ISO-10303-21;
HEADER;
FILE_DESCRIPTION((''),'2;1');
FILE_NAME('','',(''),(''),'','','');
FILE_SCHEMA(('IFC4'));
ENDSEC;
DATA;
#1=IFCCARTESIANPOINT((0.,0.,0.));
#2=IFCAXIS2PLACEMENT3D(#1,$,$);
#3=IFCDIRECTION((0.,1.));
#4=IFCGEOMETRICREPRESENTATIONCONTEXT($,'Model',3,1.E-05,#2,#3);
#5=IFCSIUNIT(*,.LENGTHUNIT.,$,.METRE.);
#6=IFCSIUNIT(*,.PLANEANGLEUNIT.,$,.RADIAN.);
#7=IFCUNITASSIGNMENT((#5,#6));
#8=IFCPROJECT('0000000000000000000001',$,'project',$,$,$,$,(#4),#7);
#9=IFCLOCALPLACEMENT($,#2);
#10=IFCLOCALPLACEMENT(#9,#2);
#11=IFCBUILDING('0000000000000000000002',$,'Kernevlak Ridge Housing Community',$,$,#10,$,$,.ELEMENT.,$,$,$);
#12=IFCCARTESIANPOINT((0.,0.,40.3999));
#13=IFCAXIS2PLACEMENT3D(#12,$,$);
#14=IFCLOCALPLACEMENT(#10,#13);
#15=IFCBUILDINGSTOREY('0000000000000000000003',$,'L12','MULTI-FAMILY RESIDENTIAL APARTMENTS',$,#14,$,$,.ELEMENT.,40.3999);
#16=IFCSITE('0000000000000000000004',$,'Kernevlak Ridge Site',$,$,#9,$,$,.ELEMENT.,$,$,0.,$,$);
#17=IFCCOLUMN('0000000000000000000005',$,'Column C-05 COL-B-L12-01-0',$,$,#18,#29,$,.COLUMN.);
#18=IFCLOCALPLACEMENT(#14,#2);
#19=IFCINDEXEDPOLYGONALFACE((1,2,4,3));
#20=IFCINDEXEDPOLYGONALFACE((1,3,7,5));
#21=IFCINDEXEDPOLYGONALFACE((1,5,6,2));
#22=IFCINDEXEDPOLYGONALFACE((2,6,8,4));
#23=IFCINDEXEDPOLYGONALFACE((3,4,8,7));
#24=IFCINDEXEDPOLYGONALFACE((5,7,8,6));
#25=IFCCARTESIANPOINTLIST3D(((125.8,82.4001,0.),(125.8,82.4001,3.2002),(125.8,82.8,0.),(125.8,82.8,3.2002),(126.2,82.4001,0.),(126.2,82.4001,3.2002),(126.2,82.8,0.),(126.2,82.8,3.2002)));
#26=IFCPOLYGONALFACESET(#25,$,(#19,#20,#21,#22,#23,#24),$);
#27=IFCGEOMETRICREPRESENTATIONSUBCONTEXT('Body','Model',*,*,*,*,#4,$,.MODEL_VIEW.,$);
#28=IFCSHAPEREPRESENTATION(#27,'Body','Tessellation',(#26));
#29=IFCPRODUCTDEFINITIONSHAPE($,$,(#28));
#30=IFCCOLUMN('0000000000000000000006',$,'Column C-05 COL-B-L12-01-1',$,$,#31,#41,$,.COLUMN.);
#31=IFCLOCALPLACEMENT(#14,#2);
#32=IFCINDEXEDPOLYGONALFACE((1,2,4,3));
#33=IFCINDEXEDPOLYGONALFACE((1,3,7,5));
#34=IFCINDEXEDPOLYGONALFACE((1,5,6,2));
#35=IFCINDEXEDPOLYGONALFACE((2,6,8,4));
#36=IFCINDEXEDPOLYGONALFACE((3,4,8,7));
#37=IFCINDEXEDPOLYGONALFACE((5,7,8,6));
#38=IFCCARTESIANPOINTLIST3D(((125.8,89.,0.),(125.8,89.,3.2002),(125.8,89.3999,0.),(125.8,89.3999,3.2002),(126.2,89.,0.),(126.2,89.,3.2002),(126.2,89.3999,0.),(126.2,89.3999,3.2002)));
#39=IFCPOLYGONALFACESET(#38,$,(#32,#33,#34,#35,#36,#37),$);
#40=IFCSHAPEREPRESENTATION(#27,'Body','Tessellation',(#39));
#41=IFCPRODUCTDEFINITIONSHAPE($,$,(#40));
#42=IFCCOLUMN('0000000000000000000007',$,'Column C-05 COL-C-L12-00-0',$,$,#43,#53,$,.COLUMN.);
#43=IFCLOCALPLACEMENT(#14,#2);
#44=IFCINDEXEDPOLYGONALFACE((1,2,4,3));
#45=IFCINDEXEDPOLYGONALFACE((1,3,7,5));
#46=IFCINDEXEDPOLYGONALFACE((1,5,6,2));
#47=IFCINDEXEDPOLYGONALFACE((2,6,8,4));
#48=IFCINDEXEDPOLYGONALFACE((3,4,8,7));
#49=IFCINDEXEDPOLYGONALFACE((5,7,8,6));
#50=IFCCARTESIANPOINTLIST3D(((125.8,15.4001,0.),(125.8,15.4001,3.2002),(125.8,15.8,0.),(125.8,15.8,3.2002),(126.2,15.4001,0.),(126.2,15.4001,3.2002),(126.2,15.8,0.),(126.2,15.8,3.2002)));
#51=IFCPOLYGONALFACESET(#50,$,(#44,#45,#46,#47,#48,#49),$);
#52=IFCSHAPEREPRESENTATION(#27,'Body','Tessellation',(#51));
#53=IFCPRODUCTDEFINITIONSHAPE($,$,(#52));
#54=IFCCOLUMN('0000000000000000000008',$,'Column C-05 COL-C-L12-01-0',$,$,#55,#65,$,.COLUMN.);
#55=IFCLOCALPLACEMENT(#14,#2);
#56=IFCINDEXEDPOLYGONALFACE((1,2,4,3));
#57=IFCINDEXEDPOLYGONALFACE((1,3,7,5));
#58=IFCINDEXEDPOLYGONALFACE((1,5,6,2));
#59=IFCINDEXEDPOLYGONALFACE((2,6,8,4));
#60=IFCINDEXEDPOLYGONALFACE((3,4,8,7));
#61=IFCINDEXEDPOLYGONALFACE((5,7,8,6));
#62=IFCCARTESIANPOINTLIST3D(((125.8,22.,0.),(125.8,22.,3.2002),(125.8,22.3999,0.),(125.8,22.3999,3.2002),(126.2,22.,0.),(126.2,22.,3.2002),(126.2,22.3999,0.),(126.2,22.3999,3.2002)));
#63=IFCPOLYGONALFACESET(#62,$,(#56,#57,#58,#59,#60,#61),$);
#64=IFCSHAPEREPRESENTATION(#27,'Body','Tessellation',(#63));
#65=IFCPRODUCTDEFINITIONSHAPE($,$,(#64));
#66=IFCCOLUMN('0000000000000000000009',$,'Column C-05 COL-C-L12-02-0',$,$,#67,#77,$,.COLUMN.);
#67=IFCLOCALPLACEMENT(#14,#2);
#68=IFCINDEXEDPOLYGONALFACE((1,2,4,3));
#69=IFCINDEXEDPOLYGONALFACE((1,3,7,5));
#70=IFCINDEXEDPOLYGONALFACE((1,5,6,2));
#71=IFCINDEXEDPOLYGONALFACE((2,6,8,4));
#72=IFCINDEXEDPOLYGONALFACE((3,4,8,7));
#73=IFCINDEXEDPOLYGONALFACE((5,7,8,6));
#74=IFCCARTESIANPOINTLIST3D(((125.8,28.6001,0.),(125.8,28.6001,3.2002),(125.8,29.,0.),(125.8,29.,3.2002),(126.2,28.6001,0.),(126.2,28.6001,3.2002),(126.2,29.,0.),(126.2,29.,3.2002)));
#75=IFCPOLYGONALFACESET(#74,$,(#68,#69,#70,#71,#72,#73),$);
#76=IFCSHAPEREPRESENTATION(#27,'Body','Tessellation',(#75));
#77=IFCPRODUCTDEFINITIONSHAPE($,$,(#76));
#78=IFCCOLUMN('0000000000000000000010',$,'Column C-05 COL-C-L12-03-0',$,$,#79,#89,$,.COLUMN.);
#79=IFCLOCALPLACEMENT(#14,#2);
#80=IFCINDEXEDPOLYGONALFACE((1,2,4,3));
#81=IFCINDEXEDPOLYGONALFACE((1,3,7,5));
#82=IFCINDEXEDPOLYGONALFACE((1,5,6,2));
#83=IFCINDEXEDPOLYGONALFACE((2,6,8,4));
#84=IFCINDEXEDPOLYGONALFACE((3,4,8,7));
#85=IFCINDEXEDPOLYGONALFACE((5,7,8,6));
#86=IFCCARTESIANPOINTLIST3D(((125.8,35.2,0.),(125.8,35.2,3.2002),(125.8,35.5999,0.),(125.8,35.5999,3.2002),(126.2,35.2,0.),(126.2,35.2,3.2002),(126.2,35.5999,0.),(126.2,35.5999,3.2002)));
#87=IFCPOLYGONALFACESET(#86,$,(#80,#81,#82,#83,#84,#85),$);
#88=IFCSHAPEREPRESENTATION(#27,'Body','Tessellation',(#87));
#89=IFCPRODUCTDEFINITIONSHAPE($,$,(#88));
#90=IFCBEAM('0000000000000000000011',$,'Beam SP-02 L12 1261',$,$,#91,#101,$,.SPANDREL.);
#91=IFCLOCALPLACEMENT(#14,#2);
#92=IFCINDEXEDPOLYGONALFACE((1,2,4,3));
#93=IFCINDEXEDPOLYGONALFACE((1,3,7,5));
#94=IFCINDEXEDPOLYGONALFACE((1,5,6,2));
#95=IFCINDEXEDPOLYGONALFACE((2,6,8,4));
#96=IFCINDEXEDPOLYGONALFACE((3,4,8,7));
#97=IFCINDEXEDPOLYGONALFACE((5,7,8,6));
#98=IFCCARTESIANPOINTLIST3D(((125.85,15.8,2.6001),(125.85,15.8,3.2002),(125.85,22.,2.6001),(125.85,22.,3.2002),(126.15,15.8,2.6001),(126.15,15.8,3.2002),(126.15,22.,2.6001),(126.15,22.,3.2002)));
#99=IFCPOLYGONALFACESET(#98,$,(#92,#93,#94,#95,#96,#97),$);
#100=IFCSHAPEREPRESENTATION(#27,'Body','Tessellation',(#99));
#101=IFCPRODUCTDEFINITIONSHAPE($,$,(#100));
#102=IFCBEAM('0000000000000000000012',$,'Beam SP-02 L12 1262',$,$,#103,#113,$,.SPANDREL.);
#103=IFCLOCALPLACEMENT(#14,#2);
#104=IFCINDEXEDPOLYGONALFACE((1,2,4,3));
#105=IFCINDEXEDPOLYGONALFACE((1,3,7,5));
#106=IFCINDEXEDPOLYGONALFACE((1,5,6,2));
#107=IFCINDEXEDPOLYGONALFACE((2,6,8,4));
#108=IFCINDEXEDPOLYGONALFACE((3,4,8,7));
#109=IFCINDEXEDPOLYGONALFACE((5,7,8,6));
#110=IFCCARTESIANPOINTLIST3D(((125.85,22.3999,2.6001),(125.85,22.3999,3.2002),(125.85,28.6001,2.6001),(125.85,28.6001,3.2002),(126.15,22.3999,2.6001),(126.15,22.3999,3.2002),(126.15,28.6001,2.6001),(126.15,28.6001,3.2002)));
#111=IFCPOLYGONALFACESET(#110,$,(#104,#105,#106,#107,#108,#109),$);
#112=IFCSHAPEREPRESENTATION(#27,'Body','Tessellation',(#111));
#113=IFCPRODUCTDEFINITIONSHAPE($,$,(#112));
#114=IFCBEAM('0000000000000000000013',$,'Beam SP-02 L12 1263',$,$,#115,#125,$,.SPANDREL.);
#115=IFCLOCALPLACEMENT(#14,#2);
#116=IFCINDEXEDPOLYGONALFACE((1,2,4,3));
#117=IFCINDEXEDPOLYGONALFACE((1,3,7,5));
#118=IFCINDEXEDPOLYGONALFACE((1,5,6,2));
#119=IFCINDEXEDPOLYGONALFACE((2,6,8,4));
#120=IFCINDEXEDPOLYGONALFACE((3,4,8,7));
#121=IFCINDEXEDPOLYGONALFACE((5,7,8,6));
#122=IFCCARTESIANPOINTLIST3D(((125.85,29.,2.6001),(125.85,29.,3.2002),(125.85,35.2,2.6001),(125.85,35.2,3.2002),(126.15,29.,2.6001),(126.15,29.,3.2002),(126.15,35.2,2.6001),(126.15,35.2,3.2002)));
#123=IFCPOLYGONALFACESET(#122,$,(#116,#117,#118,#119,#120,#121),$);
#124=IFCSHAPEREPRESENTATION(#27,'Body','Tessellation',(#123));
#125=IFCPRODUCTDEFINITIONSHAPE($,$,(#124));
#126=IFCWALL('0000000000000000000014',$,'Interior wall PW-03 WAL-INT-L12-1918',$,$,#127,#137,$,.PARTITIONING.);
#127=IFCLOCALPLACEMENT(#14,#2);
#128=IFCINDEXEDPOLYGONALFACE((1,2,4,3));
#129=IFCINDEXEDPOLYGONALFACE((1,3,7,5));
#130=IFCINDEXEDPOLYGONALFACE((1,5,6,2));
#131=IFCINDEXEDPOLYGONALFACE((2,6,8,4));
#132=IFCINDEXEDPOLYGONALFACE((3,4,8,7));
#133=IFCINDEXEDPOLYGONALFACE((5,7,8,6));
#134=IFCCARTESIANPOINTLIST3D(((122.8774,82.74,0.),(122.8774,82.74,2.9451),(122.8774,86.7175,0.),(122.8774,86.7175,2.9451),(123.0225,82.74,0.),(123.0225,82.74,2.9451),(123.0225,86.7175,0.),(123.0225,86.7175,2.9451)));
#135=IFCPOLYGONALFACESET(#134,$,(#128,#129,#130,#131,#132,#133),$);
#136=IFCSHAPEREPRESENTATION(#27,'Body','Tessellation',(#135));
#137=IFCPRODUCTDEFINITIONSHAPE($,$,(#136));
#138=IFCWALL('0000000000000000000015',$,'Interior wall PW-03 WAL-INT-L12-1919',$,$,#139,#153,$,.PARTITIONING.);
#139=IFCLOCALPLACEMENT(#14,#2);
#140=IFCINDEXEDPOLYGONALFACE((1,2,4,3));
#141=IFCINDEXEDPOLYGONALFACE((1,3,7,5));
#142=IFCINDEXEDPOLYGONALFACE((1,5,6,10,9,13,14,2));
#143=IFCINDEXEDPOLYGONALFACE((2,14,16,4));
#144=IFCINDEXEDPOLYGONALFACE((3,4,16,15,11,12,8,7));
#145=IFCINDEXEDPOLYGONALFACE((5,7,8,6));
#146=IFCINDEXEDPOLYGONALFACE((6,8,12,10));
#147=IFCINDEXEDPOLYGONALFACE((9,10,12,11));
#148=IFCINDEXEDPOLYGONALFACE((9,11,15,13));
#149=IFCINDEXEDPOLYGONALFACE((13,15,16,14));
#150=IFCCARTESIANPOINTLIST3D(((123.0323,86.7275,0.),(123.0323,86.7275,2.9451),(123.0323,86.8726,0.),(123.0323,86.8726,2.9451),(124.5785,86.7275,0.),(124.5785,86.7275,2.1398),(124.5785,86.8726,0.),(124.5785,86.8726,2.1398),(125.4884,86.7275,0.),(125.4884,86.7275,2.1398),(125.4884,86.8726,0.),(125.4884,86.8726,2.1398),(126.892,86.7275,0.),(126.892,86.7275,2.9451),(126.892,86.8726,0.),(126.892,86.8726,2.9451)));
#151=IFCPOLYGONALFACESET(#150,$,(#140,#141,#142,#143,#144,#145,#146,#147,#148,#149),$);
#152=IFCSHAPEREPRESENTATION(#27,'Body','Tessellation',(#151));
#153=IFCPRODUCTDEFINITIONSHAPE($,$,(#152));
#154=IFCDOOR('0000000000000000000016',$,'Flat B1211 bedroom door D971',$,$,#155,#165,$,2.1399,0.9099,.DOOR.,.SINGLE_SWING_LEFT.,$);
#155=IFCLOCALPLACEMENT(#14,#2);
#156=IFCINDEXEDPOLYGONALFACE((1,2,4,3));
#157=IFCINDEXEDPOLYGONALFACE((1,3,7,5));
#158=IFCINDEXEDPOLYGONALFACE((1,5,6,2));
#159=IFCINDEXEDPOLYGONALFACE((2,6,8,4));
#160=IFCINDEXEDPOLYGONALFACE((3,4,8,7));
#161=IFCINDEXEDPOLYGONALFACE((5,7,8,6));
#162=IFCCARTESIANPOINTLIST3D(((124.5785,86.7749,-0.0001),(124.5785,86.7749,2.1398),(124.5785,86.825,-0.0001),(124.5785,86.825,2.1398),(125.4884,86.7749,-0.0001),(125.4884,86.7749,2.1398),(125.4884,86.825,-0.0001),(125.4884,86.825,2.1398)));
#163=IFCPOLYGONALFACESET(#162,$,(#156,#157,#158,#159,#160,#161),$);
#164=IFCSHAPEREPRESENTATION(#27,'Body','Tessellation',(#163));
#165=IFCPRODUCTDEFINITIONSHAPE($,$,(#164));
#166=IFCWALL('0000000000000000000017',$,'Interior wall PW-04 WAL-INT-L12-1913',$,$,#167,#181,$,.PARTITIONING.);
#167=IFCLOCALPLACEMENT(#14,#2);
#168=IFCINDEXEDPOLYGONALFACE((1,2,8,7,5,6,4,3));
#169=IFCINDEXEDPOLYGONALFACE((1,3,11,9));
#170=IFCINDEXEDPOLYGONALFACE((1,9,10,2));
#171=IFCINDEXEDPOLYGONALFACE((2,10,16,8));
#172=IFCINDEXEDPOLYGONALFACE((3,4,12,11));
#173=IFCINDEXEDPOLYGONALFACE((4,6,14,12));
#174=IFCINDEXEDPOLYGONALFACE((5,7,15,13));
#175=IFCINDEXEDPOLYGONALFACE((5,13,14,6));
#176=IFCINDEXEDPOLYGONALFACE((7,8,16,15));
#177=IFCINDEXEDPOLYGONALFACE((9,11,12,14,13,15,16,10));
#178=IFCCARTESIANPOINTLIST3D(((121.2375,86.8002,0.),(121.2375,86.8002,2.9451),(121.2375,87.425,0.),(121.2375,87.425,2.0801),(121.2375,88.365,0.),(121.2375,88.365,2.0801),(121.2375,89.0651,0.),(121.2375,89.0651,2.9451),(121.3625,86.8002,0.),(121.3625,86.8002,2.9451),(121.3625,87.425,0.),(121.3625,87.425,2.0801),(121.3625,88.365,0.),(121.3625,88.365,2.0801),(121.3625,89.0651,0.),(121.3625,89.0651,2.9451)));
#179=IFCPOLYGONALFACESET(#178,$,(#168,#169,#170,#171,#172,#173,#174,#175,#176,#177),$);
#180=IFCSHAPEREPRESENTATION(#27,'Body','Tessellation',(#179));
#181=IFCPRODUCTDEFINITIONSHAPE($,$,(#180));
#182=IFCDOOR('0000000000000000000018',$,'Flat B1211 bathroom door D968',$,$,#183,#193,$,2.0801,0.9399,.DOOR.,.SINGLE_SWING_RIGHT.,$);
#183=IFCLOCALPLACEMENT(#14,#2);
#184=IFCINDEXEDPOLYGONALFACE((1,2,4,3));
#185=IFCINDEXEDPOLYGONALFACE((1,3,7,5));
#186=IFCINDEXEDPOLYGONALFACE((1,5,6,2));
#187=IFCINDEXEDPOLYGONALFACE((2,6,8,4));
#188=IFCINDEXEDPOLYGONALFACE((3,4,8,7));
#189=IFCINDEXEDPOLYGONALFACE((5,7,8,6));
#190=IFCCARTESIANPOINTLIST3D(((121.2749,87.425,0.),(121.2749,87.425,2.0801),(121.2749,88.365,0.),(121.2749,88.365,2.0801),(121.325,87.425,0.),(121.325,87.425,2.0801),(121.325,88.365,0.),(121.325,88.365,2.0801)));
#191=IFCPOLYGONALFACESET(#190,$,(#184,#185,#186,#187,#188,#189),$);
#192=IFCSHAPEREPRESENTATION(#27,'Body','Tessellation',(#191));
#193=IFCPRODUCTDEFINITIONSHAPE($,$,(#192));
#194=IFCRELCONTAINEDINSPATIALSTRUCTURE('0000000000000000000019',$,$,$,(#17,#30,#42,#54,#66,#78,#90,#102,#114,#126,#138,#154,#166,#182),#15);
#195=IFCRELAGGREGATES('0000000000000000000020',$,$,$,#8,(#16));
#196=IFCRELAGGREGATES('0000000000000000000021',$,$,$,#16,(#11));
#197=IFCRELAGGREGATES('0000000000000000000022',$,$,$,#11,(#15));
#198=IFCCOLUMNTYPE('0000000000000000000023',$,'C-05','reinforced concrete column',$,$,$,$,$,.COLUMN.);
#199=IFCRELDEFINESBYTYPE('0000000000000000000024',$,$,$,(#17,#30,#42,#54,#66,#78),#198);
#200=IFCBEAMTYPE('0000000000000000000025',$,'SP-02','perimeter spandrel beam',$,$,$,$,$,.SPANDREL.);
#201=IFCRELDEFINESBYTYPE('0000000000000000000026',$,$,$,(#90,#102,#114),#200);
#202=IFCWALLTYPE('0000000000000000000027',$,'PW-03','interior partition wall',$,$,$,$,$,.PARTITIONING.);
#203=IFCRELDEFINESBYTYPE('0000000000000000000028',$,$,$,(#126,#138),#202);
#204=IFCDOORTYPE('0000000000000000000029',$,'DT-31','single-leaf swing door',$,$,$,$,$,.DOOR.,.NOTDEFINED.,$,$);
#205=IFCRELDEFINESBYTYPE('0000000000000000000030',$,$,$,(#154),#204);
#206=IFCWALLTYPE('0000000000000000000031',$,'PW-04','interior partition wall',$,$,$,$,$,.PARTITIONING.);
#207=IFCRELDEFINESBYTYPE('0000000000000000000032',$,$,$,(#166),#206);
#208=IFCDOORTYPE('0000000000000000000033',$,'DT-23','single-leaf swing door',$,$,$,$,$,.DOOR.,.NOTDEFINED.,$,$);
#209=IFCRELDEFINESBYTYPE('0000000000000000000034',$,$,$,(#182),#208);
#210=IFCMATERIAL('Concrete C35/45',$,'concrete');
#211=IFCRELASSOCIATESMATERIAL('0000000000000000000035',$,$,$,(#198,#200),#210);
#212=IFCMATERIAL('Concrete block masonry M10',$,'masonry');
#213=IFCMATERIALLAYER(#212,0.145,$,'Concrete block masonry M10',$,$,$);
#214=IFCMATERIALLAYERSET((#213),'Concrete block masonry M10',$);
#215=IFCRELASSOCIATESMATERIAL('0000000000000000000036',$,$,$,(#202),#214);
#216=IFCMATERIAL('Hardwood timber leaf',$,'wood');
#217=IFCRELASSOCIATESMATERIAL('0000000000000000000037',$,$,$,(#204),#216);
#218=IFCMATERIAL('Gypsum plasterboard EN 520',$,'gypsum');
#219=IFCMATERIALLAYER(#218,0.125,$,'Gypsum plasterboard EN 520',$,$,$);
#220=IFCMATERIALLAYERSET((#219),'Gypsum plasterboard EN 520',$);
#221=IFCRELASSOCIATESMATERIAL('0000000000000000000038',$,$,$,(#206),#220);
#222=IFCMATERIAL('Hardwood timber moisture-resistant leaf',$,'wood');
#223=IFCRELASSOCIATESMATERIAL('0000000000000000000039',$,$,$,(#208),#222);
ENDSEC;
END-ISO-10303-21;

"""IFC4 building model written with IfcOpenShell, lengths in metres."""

from ifc_helpers import new_model, si_unit, direction, frame, frame_2d, origin, origin_2d, place, context, subcontext, project, spatial, rectangle, extrude, material, layer, layer_set, material_profile, profile_set, type_object, element, fill, save


model = new_model("IFC4")

# Units and contexts
model_context = context("Model", 3, precision=1e-05, world=origin(), true_north=direction((0.0, 1.0)))
body_context = subcontext(model_context, "Body", "Model", "MODEL_VIEW")
ifc_project = project(units=[si_unit("LENGTHUNIT", "METRE"), si_unit("PLANEANGLEUNIT", "RADIAN")], contexts=[model_context])

# Site, building, storey
site_placement = place(None, origin())
site = spatial("IfcSite", under=ifc_project, at=site_placement, Name="Kernevlak Ridge Site", CompositionType="ELEMENT", RefElevation=0.0)
building_placement = place(site_placement, origin())
building = spatial("IfcBuilding", under=site, at=building_placement, Name="Kernevlak Ridge Housing Community", CompositionType="ELEMENT")
storey_placement = place(building_placement, frame((0.0, 0.0, 40.3999)))
storey = spatial("IfcBuildingStorey", under=building, at=storey_placement, Name="L12", Description="MULTI-FAMILY RESIDENTIAL APARTMENTS", CompositionType="ELEMENT", Elevation=40.3999)

# Columns
ifc_material_1 = material(Name="Concrete C35/45", Category="concrete")
ifc_material_profile_1 = material_profile(ifc_material_1, rectangle(XDim=0.3999, YDim=0.3999, at=origin_2d()), Name="RC 400x400")
ifc_profile_set_1 = profile_set([ifc_material_profile_1], Name="Concrete C35/45")
column_type = type_object("IfcColumnType", Name="C-05", Description="reinforced concrete column", PredefinedType="COLUMN", material=ifc_profile_set_1)
for number, where, z_axis, x_axis, name in (
    (1, (126.0, 82.6001, 0.0), (0.0, 0.0, 1.0), (1.0, 0.0, 0.0), "Column C-05 COL-B-L12-01-0"),
    (2, (126.0, 89.2, 0.0), (0.0, 0.0, 1.0), (1.0, 0.0, 0.0), "Column C-05 COL-B-L12-01-1"),
    (3, (126.0, 15.6001, 0.0), (0.0, 0.0, 1.0), (1.0, 0.0, 0.0), "Column C-05 COL-C-L12-00-0"),
    (4, (126.0, 22.2, 0.0), (0.0, 0.0, 1.0), (1.0, 0.0, 0.0), "Column C-05 COL-C-L12-01-0"),
    (5, (126.0, 28.8, 0.0), (0.0, 0.0, 1.0), (1.0, 0.0, 0.0), "Column C-05 COL-C-L12-02-0"),
    (6, (126.0, 35.3999, 0.0), (0.0, 0.0, 1.0), (1.0, 0.0, 0.0), "Column C-05 COL-C-L12-03-0"),
):
    element("IfcColumn", number, at=place(storey_placement, frame(where, z_axis=z_axis, x_axis=x_axis)), inside=storey, type_object=column_type, Name=name, PredefinedType="COLUMN", context=body_context, shape_type="SweptSolid", body=[
        extrude(rectangle(XDim=0.3999, YDim=0.3999, at=origin_2d()), origin(), (0.0, 0.0, 1.0), 3.2002),
    ])

# Beams
ifc_material_profile_2 = material_profile(ifc_material_1, rectangle(XDim=0.3, YDim=0.6001, at=origin_2d()), Name="RC 300x600")
ifc_profile_set_2 = profile_set([ifc_material_profile_2], Name="Concrete C35/45")
beam_type = type_object("IfcBeamType", Name="SP-02", Description="perimeter spandrel beam", PredefinedType="SPANDREL", material=ifc_profile_set_2)
beam_1_placement = place(storey_placement, frame((126.0, 15.8, 2.9001), z_axis=(0.0, 1.0, 0.0), x_axis=(-1.0, 0.0, 0.0)))
element("IfcBeam", 7, at=beam_1_placement, inside=storey, type_object=beam_type, Name="Beam SP-02 L12 1261", PredefinedType="SPANDREL", context=body_context, shape_type="SweptSolid", body=[
    extrude(rectangle(XDim=0.3, YDim=0.6001, at=origin_2d()), origin(), (0.0, 0.0, 1.0), 6.2),
])
beam_2_placement = place(storey_placement, frame((126.0, 22.3999, 2.9001), z_axis=(0.0, 1.0, 0.0), x_axis=(-1.0, 0.0, 0.0)))
element("IfcBeam", 8, at=beam_2_placement, inside=storey, type_object=beam_type, Name="Beam SP-02 L12 1262", PredefinedType="SPANDREL", context=body_context, shape_type="SweptSolid", body=[
    extrude(rectangle(XDim=0.3, YDim=0.6001, at=origin_2d()), origin(), (0.0, 0.0, 1.0), 6.2002),
])
beam_3_placement = place(storey_placement, frame((126.0, 29.0, 2.9001), z_axis=(0.0, 1.0, 0.0), x_axis=(-1.0, 0.0, 0.0)))
element("IfcBeam", 9, at=beam_3_placement, inside=storey, type_object=beam_type, Name="Beam SP-02 L12 1263", PredefinedType="SPANDREL", context=body_context, shape_type="SweptSolid", body=[
    extrude(rectangle(XDim=0.3, YDim=0.6001, at=origin_2d()), origin(), (0.0, 0.0, 1.0), 6.2),
])

# Shared definitions
ifc_material_2 = material(Name="Concrete block masonry M10", Category="masonry")
ifc_layer_1 = layer(ifc_material_2, 0.145, Name="Concrete block masonry M10")
ifc_layer_set_1 = layer_set([ifc_layer_1], Name="Concrete block masonry M10")
wall_type_1 = type_object("IfcWallType", Name="PW-03", Description="interior partition wall", PredefinedType="PARTITIONING", material=ifc_layer_set_1)
ifc_material_3 = material(Name="Hardwood timber leaf", Category="wood")

# Wall
wall_1_placement = place(storey_placement, frame((122.95, 86.7175, 0.0), z_axis=(0.0, 0.0, 1.0), x_axis=(0.0, -1.0, 0.0)))
element("IfcWall", 10, at=wall_1_placement, inside=storey, type_object=wall_type_1, Name="Interior wall PW-03 WAL-INT-L12-1918", PredefinedType="PARTITIONING", context=body_context, shape_type="SweptSolid", body=[
    extrude(rectangle(XDim=3.9775, YDim=0.145, at=frame_2d((1.9888, 0.0))), origin(), (0.0, 0.0, 1.0), 2.9451),
])

# Walls, openings, doors
wall_2_placement = place(storey_placement, frame((123.0325, 86.8, 0.0), z_axis=(0.0, 0.0, 1.0), x_axis=(1.0, 0.0, 0.0)))
wall_2 = element("IfcWall", 11, at=wall_2_placement, inside=storey, type_object=wall_type_1, Name="Interior wall PW-03 WAL-INT-L12-1919", PredefinedType="PARTITIONING", context=body_context, shape_type="SweptSolid", body=[
    extrude(rectangle(XDim=3.8596, YDim=0.145, at=frame_2d((1.9297, 0.0))), origin(), (0.0, 0.0, 1.0), 2.9451),
])
opening_1_placement = place(wall_2_placement, frame((1.5459, 0.0, 0.0)))
opening_1 = element("IfcOpeningElement", 12, at=opening_1_placement, cuts=wall_2, PredefinedType="OPENING", context=body_context, shape_type="SweptSolid", body=[
    extrude(rectangle(XDim=0.9099, YDim=2.1399, at=frame_2d((0.4551, 1.0698))), frame((0.0, 0.0825, 0.0), z_axis=(0.0, -1.0, 0.0), x_axis=(1.0, 0.0, 0.0)), (0.0, 0.0, 1.0), 0.165),
])
door_type_1 = type_object("IfcDoorType", Name="DT-31", Description="single-leaf swing door", OperationType="NOTDEFINED", PredefinedType="DOOR", material=ifc_material_3)
door_1_placement = place(opening_1_placement, origin())
door_1 = element("IfcDoor", 13, at=door_1_placement, inside=storey, type_object=door_type_1, Name="Flat B1211 bedroom door D971", OperationType="SINGLE_SWING_LEFT", OverallHeight=2.1399, OverallWidth=0.9099, PredefinedType="DOOR", context=body_context, shape_type="SweptSolid", body=[
    extrude(rectangle(XDim=0.9099, YDim=2.1399, at=frame_2d((0.4551, 1.0698))), frame((0.0, 0.0249, 0.0), z_axis=(0.0, -1.0, 0.0), x_axis=(1.0, 0.0, 0.0)), (0.0, 0.0, 1.0), 0.05),
])
fill(opening_1, door_1)
ifc_material_4 = material(Name="Gypsum plasterboard EN 520", Category="gypsum")
ifc_layer_2 = layer(ifc_material_4, 0.125, Name="Gypsum plasterboard EN 520")
ifc_layer_set_2 = layer_set([ifc_layer_2], Name="Gypsum plasterboard EN 520")
wall_type_2 = type_object("IfcWallType", Name="PW-04", Description="interior partition wall", PredefinedType="PARTITIONING", material=ifc_layer_set_2)
wall_3_placement = place(storey_placement, frame((121.3, 89.0649, 0.0), z_axis=(0.0, 0.0, 1.0), x_axis=(0.0, -1.0, 0.0)))
wall_3 = element("IfcWall", 14, at=wall_3_placement, inside=storey, type_object=wall_type_2, Name="Interior wall PW-04 WAL-INT-L12-1913", PredefinedType="PARTITIONING", context=body_context, shape_type="SweptSolid", body=[
    extrude(rectangle(XDim=2.2649, YDim=0.125, at=frame_2d((1.1323, 0.0))), origin(), (0.0, 0.0, 1.0), 2.9451),
])
opening_2_placement = place(wall_3_placement, frame((0.7, 0.0, 0.0)))
opening_2 = element("IfcOpeningElement", 15, at=opening_2_placement, cuts=wall_3, PredefinedType="OPENING", context=body_context, shape_type="SweptSolid", body=[
    extrude(rectangle(XDim=0.9399, YDim=2.0801, at=frame_2d((0.47, 1.04))), frame((0.0, 0.0725, 0.0), z_axis=(0.0, -1.0, 0.0), x_axis=(1.0, 0.0, 0.0)), (0.0, 0.0, 1.0), 0.145),
])
ifc_material_5 = material(Name="Hardwood timber moisture-resistant leaf", Category="wood")
door_type_2 = type_object("IfcDoorType", Name="DT-23", Description="single-leaf swing door", OperationType="NOTDEFINED", PredefinedType="DOOR", material=ifc_material_5)
door_2_placement = place(opening_2_placement, origin())
door_2 = element("IfcDoor", 16, at=door_2_placement, inside=storey, type_object=door_type_2, Name="Flat B1211 bathroom door D968", OperationType="SINGLE_SWING_RIGHT", OverallHeight=2.0801, OverallWidth=0.9399, PredefinedType="DOOR", context=body_context, shape_type="SweptSolid", body=[
    extrude(rectangle(XDim=0.9399, YDim=2.0801, at=frame_2d((0.47, 1.04))), frame((0.0, 0.0249, 0.0), z_axis=(0.0, -1.0, 0.0), x_axis=(1.0, 0.0, 0.0)), (0.0, 0.0, 1.0), 0.05),
])
fill(opening_2, door_2)

save(model, "model.ifc")
